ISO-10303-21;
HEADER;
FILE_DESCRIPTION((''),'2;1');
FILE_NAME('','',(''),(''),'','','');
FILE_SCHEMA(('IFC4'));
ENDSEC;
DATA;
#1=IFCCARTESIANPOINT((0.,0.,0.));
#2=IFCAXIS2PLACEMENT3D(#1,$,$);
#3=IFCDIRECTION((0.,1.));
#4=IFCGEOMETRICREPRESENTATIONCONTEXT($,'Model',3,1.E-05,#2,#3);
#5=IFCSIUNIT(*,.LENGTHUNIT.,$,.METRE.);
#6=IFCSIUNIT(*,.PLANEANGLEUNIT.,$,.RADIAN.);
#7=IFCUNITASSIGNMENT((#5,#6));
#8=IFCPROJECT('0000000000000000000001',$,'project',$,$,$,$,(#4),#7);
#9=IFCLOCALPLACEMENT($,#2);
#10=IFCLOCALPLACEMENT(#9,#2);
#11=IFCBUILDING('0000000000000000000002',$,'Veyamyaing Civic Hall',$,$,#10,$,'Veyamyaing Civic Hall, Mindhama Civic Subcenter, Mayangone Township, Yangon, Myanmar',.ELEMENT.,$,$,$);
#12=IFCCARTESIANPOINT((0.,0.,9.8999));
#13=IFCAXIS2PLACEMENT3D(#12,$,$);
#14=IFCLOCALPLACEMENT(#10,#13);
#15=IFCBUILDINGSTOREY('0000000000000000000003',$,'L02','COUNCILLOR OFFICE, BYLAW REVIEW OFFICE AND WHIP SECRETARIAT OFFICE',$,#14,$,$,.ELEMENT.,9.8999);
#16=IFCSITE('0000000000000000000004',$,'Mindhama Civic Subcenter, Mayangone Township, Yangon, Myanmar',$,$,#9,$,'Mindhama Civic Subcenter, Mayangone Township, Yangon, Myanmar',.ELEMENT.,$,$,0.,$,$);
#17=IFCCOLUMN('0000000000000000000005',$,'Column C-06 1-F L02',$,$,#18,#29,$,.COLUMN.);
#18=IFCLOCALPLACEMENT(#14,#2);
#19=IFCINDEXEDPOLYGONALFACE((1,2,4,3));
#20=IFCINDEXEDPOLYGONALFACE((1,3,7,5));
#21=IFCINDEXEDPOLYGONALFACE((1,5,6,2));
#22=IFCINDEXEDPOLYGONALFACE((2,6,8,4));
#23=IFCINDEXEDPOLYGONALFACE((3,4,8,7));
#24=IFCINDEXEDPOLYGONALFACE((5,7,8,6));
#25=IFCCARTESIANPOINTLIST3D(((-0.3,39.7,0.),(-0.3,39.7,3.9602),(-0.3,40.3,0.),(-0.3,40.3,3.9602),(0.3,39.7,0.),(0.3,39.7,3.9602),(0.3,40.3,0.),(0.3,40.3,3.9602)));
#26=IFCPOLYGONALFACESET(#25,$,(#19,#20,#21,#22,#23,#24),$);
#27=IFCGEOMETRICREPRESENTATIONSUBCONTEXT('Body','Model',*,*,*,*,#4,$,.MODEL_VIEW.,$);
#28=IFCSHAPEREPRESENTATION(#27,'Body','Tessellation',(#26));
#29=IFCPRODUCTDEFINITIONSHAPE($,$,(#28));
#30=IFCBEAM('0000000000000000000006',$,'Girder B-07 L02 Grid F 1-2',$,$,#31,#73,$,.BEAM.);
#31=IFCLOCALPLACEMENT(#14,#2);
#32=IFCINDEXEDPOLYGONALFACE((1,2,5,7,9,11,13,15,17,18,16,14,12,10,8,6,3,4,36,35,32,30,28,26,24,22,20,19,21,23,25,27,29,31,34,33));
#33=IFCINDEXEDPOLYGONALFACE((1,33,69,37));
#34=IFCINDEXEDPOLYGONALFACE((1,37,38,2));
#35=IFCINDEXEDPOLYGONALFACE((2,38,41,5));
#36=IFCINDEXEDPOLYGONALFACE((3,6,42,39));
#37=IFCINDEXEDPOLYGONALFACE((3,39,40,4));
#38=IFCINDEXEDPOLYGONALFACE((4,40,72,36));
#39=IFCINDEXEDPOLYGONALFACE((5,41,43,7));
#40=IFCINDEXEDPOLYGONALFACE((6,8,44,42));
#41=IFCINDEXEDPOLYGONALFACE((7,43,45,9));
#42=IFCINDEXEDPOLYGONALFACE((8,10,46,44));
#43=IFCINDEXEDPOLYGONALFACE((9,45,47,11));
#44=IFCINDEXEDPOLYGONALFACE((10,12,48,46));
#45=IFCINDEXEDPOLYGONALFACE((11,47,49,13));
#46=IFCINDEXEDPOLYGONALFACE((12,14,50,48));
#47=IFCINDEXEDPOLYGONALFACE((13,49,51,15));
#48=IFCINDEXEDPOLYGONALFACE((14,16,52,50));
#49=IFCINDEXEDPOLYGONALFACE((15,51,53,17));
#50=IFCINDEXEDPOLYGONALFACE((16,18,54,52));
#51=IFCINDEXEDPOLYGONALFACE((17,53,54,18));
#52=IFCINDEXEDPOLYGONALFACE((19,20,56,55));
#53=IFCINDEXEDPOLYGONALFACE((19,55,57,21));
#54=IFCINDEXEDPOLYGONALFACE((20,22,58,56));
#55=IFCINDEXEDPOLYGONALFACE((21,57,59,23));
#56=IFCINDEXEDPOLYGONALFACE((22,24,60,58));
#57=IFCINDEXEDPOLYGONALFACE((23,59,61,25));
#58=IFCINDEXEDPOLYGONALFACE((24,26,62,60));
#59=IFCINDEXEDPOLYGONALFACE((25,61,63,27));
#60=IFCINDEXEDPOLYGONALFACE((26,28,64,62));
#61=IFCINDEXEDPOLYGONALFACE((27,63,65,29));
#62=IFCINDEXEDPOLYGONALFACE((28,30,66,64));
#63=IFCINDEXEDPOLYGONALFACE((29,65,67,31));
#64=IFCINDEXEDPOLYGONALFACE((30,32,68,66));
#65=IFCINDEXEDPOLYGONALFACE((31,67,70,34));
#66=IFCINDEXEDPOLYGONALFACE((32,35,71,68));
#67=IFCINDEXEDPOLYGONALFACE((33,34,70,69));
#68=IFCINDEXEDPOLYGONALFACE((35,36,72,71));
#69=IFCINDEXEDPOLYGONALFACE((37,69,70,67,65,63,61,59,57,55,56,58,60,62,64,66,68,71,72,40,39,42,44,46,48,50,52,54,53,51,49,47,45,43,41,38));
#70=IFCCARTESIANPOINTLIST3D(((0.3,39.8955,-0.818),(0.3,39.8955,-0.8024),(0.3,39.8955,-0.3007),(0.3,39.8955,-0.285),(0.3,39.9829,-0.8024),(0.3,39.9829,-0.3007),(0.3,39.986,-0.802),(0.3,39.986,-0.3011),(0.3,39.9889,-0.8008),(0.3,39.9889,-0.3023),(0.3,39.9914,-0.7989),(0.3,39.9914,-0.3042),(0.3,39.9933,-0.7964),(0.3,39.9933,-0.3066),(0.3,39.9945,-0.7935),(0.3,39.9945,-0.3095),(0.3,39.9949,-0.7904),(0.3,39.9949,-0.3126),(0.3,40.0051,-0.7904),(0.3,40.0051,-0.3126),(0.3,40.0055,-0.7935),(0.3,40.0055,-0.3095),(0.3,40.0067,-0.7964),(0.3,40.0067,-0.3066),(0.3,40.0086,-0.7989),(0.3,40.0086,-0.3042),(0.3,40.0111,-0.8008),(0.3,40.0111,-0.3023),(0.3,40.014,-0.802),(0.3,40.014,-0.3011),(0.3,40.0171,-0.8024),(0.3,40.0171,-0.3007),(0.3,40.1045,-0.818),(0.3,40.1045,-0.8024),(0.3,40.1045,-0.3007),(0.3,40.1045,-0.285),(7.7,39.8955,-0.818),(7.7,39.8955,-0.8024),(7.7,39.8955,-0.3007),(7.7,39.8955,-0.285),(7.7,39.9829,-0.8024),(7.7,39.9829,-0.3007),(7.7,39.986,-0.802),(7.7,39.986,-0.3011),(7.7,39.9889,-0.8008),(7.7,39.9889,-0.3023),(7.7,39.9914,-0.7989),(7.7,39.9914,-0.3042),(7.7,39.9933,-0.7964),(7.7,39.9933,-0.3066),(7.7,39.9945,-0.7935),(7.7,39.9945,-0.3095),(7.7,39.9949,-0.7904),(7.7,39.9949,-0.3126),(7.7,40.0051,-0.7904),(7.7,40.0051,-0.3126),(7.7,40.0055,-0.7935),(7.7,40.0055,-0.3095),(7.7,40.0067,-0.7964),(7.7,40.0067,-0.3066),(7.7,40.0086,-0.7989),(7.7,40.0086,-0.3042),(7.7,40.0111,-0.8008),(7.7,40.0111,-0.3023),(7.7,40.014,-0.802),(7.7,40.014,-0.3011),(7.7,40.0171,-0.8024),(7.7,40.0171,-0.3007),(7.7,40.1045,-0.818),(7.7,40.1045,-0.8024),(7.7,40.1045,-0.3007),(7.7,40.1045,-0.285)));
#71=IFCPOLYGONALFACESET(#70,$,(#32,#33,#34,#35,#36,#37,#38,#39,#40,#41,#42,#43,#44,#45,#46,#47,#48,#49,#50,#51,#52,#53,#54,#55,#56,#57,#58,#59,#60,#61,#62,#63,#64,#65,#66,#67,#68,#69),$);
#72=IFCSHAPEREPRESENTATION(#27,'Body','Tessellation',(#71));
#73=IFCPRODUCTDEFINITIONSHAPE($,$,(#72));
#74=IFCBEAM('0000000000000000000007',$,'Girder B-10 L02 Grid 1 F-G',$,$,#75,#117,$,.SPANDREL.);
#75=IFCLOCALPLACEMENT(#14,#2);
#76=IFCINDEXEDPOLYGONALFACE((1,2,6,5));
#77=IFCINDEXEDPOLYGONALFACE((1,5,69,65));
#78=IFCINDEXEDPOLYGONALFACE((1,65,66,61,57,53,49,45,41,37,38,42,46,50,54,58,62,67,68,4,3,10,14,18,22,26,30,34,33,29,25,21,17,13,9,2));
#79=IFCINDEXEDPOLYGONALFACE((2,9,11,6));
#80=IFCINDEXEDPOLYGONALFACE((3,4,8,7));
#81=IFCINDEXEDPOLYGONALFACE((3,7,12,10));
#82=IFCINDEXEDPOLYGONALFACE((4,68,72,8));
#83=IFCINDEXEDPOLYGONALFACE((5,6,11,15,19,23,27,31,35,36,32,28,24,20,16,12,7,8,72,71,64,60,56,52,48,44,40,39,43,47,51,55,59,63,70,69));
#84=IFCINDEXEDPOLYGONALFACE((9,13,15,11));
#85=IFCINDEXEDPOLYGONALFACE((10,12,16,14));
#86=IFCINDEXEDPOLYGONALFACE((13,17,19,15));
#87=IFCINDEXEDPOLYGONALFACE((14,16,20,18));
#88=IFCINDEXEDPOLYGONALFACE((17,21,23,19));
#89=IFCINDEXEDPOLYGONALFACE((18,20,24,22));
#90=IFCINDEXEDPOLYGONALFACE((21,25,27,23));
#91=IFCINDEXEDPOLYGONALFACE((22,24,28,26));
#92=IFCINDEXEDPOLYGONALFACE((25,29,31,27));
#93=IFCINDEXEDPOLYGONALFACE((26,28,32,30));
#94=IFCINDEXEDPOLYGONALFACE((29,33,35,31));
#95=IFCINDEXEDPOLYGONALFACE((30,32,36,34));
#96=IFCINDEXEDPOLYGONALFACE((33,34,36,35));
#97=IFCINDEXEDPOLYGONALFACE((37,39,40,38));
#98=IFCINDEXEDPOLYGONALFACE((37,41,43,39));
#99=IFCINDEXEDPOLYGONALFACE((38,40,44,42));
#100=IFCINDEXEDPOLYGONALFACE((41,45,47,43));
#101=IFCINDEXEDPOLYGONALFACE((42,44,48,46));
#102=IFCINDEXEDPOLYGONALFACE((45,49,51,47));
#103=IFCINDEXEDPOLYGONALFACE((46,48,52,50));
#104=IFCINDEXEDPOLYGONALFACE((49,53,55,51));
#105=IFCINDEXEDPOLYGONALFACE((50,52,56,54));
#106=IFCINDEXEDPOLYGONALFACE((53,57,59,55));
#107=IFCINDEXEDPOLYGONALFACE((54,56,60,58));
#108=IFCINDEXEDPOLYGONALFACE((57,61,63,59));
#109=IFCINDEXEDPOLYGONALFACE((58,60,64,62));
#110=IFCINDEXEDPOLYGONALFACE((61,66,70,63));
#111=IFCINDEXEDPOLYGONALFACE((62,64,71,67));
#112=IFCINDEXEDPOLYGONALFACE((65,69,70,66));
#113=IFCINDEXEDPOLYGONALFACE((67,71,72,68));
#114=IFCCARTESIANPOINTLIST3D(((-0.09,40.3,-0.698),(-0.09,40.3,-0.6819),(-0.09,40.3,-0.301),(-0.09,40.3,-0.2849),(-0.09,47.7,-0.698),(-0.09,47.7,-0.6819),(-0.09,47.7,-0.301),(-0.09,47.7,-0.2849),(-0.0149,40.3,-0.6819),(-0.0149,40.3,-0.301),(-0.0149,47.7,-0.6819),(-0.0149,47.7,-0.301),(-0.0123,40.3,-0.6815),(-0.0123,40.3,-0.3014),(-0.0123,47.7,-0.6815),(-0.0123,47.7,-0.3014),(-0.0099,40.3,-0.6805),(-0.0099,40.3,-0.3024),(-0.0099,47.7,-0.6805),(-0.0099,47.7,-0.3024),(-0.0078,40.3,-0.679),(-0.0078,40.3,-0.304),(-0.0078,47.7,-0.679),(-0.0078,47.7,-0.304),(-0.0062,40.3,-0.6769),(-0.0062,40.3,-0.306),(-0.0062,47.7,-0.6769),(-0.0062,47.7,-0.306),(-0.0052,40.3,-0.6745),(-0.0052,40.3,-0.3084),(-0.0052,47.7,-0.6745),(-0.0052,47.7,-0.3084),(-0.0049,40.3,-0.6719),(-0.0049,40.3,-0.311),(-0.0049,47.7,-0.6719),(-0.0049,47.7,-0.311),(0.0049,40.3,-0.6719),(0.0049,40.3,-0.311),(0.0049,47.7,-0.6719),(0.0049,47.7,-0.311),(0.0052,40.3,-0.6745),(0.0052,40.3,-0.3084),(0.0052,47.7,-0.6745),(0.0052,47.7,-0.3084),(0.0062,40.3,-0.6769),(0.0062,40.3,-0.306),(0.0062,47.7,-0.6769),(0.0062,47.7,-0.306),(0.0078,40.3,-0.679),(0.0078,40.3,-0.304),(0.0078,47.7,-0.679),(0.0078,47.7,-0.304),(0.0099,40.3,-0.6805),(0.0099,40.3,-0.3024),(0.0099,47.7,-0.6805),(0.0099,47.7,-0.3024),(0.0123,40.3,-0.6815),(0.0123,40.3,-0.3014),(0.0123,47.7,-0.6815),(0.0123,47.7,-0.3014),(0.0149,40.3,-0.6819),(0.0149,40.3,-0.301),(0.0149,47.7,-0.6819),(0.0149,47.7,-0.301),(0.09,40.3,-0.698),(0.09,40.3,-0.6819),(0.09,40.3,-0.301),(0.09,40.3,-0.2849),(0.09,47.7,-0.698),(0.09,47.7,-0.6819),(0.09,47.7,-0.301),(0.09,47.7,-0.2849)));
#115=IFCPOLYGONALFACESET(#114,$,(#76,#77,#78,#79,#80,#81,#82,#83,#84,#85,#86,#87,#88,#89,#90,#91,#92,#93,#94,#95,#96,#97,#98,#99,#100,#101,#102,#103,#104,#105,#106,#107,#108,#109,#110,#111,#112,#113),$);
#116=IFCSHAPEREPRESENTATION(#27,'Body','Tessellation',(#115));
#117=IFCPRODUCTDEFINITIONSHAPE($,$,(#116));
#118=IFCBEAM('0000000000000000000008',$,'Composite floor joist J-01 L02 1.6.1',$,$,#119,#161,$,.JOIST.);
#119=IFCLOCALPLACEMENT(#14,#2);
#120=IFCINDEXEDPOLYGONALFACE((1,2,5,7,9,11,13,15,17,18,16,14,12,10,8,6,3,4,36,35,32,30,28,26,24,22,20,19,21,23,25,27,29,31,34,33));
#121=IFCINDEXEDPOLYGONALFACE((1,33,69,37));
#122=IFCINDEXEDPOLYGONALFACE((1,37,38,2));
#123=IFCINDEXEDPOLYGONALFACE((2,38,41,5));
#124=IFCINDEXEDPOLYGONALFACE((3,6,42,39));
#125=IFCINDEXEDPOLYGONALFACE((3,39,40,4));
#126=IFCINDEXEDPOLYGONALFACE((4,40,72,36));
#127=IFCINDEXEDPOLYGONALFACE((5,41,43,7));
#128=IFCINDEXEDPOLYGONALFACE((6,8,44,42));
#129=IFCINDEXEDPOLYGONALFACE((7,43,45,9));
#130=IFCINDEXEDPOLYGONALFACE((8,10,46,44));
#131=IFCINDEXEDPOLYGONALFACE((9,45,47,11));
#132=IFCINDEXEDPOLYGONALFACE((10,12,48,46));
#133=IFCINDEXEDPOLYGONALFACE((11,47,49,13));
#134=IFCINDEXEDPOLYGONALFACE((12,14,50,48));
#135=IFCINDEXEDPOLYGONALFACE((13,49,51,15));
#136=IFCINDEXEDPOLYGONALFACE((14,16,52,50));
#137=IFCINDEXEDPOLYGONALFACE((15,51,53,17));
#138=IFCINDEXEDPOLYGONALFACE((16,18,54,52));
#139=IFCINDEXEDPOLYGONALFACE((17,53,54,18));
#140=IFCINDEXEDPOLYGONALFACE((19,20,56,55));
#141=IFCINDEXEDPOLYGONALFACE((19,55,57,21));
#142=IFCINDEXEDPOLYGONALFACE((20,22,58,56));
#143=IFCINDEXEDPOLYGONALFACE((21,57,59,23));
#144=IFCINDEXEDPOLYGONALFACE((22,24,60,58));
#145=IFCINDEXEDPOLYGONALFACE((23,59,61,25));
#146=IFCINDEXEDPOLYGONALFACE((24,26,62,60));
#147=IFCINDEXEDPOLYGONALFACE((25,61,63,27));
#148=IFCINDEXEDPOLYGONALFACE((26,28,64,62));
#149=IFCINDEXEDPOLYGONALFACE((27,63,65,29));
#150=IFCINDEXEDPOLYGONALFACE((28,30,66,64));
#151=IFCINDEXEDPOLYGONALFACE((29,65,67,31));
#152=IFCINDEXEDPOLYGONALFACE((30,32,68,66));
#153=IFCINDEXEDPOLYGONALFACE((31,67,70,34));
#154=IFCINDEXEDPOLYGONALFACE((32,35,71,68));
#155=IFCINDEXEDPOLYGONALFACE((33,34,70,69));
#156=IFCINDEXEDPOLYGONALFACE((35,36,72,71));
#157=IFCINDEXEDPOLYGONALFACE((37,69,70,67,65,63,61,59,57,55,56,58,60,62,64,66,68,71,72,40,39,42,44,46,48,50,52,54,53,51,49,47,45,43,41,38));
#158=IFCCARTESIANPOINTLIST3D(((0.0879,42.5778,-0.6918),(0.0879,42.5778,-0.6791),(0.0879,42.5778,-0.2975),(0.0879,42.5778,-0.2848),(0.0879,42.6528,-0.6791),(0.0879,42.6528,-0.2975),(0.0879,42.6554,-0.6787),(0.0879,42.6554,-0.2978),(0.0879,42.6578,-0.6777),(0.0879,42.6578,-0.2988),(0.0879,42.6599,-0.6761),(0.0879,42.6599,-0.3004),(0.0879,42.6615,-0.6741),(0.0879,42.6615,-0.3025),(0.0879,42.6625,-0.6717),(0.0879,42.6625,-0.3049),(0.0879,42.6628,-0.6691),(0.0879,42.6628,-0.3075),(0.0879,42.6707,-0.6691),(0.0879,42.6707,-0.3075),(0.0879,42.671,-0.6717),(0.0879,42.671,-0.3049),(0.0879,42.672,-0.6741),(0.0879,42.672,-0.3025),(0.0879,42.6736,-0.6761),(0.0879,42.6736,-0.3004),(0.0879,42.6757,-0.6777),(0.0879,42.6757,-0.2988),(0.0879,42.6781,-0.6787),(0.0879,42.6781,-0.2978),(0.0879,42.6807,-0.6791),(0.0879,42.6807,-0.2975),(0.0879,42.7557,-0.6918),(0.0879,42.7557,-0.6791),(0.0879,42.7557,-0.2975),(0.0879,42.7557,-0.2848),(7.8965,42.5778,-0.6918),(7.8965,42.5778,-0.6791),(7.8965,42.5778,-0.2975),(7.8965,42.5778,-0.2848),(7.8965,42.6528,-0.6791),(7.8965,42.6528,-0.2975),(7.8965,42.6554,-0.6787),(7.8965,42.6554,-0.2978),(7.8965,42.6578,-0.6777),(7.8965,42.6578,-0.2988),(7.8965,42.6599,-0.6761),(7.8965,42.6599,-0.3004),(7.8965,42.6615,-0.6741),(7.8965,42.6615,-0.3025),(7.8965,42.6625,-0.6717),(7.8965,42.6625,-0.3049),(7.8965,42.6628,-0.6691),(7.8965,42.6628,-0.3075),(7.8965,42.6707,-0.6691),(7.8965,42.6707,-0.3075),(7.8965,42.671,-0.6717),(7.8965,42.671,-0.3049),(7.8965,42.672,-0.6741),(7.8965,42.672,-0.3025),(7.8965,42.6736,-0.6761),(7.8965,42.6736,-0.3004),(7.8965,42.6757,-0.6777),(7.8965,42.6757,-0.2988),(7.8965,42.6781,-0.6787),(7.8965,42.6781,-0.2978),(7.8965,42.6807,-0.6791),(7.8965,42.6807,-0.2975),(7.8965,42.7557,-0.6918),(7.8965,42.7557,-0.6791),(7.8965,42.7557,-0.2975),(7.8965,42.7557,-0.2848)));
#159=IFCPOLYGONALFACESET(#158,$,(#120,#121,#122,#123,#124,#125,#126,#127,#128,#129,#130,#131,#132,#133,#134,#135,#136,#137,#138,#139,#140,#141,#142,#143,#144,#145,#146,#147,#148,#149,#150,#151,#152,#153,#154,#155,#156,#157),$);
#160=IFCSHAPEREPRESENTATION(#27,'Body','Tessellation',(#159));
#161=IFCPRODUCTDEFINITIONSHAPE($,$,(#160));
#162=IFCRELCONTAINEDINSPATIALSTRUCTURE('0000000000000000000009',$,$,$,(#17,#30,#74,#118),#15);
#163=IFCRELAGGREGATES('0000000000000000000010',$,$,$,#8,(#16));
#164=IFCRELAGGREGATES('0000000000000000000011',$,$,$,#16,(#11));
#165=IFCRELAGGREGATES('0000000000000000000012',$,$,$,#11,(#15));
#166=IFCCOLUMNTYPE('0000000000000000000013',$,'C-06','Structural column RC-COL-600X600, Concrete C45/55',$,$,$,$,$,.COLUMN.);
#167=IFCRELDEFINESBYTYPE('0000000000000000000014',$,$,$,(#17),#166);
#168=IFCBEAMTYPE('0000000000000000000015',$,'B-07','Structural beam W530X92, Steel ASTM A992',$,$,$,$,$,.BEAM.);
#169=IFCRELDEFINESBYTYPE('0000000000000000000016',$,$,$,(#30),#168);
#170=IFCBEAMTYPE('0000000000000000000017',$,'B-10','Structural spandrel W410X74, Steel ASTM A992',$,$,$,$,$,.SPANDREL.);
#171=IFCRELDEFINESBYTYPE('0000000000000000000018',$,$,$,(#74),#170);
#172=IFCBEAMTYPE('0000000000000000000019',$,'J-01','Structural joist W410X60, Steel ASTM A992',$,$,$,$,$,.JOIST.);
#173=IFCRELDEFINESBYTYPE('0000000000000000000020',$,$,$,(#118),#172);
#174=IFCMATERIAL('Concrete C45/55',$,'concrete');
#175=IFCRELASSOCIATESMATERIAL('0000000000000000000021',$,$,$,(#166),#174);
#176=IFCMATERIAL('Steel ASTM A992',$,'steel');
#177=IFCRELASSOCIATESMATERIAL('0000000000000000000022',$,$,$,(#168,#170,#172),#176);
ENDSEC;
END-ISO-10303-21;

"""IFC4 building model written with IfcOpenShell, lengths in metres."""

from ifc_helpers import new_model, si_unit, direction, frame, origin, origin_2d, place, context, subcontext, project, spatial, rectangle, i_section, extrude, material, material_profile, profile_set, type_object, element, save


model = new_model("IFC4")

# Units and contexts
model_context = context("Model", 3, precision=1e-05, world=origin(), true_north=direction((0.0, 1.0)))
body_context = subcontext(model_context, "Body", "Model", "MODEL_VIEW")
ifc_project = project(units=[si_unit("LENGTHUNIT", "METRE"), si_unit("PLANEANGLEUNIT", "RADIAN")], contexts=[model_context])

# Site, building, storey
site_placement = place(None, origin())
site = spatial("IfcSite", under=ifc_project, at=site_placement, Name="Mindhama Civic Subcenter, Mayangone Township, Yangon, Myanmar", LongName="Mindhama Civic Subcenter, Mayangone Township, Yangon, Myanmar", CompositionType="ELEMENT", RefElevation=0.0)
building_placement = place(site_placement, origin())
building = spatial("IfcBuilding", under=site, at=building_placement, Name="Veyamyaing Civic Hall", LongName="Veyamyaing Civic Hall, Mindhama Civic Subcenter, Mayangone Township, Yangon, Myanmar", CompositionType="ELEMENT")
storey_placement = place(building_placement, frame((0.0, 0.0, 9.8999)))
storey = spatial("IfcBuildingStorey", under=building, at=storey_placement, Name="L02", Description="COUNCILLOR OFFICE, BYLAW REVIEW OFFICE AND WHIP SECRETARIAT OFFICE", CompositionType="ELEMENT", Elevation=9.8999)

# Column
ifc_material_1 = material(Name="Concrete C45/55", Category="concrete")
ifc_material_profile_1 = material_profile(ifc_material_1, rectangle(XDim=0.6001, YDim=0.6001, at=origin_2d()), Name="RC-COL-600X600")
ifc_profile_set_1 = profile_set([ifc_material_profile_1], Name="Concrete C45/55")
column_type = type_object("IfcColumnType", Name="C-06", Description="Structural column RC-COL-600X600, Concrete C45/55", PredefinedType="COLUMN", material=ifc_profile_set_1)
column_placement = place(storey_placement, frame((0.0, 40.0, 0.0), z_axis=(0.0, 0.0, 1.0), x_axis=(1.0, 0.0, 0.0)))
element("IfcColumn", 1, at=column_placement, inside=storey, type_object=column_type, Name="Column C-06 1-F L02", PredefinedType="COLUMN", context=body_context, shape_type="SweptSolid", body=[
    extrude(rectangle(XDim=0.6001, YDim=0.6001, at=origin_2d()), origin(), (0.0, 0.0, 1.0), 3.9602),
])

# Beams
ifc_material_2 = material(Name="Steel ASTM A992", Category="steel")
ifc_material_profile_2 = material_profile(ifc_material_2, i_section(OverallWidth=0.209, OverallDepth=0.533, WebThickness=0.0103, FlangeThickness=0.0156, FilletRadius=0.012, at=origin_2d()), Name="W530X92")
ifc_profile_set_2 = profile_set([ifc_material_profile_2], Name="Steel ASTM A992")
beam_type_1 = type_object("IfcBeamType", Name="B-07", Description="Structural beam W530X92, Steel ASTM A992", PredefinedType="BEAM", material=ifc_profile_set_2)
beam_1_placement = place(storey_placement, frame((0.3, 40.0, -0.5515), z_axis=(1.0, 0.0, 0.0), x_axis=(0.0, 1.0, 0.0)))
element("IfcBeam", 2, at=beam_1_placement, inside=storey, type_object=beam_type_1, Name="Girder B-07 L02 Grid F 1-2", PredefinedType="BEAM", context=body_context, shape_type="SweptSolid", body=[
    extrude(i_section(OverallWidth=0.209, OverallDepth=0.533, WebThickness=0.0103, FlangeThickness=0.0156, FilletRadius=0.012, at=origin_2d()), origin(), (0.0, 0.0, 1.0), 7.3999),
])
ifc_material_profile_3 = material_profile(ifc_material_2, i_section(OverallWidth=0.1799, OverallDepth=0.4131, WebThickness=0.0098, FlangeThickness=0.0161, FilletRadius=0.01, at=origin_2d()), Name="W410X74")
ifc_profile_set_3 = profile_set([ifc_material_profile_3], Name="Steel ASTM A992")
beam_type_2 = type_object("IfcBeamType", Name="B-10", Description="Structural spandrel W410X74, Steel ASTM A992", PredefinedType="SPANDREL", material=ifc_profile_set_3)
beam_2_placement = place(storey_placement, frame((0.0, 40.3, -0.4915), z_axis=(0.0, 1.0, 0.0), x_axis=(-1.0, 0.0, 0.0)))
element("IfcBeam", 3, at=beam_2_placement, inside=storey, type_object=beam_type_2, Name="Girder B-10 L02 Grid 1 F-G", PredefinedType="SPANDREL", context=body_context, shape_type="SweptSolid", body=[
    extrude(i_section(OverallWidth=0.1799, OverallDepth=0.4131, WebThickness=0.0098, FlangeThickness=0.0161, FilletRadius=0.01, at=origin_2d()), origin(), (0.0, 0.0, 1.0), 7.3999),
])
ifc_material_profile_4 = material_profile(ifc_material_2, i_section(OverallWidth=0.178, OverallDepth=0.407, WebThickness=0.0078, FlangeThickness=0.0127, FilletRadius=0.01, at=origin_2d()), Name="W410X60")
ifc_profile_set_4 = profile_set([ifc_material_profile_4], Name="Steel ASTM A992")
beam_type_3 = type_object("IfcBeamType", Name="J-01", Description="Structural joist W410X60, Steel ASTM A992", PredefinedType="JOIST", material=ifc_profile_set_4)
for number, where, z_axis, x_axis, name in (
    (4, (0.0879, 42.6667, -0.4883), (1.0, 0.0, 0.0), (0.0, 1.0, 0.0), "Composite floor joist J-01 L02 1.6.1"),
):
    element("IfcBeam", number, at=place(storey_placement, frame(where, z_axis=z_axis, x_axis=x_axis)), inside=storey, type_object=beam_type_3, Name=name, PredefinedType="JOIST", context=body_context, shape_type="SweptSolid", body=[
        extrude(i_section(OverallWidth=0.178, OverallDepth=0.407, WebThickness=0.0078, FlangeThickness=0.0127, FilletRadius=0.01, at=origin_2d()), origin(), (0.0, 0.0, 1.0), 7.8086),
    ])

save(model, "model.ifc")
